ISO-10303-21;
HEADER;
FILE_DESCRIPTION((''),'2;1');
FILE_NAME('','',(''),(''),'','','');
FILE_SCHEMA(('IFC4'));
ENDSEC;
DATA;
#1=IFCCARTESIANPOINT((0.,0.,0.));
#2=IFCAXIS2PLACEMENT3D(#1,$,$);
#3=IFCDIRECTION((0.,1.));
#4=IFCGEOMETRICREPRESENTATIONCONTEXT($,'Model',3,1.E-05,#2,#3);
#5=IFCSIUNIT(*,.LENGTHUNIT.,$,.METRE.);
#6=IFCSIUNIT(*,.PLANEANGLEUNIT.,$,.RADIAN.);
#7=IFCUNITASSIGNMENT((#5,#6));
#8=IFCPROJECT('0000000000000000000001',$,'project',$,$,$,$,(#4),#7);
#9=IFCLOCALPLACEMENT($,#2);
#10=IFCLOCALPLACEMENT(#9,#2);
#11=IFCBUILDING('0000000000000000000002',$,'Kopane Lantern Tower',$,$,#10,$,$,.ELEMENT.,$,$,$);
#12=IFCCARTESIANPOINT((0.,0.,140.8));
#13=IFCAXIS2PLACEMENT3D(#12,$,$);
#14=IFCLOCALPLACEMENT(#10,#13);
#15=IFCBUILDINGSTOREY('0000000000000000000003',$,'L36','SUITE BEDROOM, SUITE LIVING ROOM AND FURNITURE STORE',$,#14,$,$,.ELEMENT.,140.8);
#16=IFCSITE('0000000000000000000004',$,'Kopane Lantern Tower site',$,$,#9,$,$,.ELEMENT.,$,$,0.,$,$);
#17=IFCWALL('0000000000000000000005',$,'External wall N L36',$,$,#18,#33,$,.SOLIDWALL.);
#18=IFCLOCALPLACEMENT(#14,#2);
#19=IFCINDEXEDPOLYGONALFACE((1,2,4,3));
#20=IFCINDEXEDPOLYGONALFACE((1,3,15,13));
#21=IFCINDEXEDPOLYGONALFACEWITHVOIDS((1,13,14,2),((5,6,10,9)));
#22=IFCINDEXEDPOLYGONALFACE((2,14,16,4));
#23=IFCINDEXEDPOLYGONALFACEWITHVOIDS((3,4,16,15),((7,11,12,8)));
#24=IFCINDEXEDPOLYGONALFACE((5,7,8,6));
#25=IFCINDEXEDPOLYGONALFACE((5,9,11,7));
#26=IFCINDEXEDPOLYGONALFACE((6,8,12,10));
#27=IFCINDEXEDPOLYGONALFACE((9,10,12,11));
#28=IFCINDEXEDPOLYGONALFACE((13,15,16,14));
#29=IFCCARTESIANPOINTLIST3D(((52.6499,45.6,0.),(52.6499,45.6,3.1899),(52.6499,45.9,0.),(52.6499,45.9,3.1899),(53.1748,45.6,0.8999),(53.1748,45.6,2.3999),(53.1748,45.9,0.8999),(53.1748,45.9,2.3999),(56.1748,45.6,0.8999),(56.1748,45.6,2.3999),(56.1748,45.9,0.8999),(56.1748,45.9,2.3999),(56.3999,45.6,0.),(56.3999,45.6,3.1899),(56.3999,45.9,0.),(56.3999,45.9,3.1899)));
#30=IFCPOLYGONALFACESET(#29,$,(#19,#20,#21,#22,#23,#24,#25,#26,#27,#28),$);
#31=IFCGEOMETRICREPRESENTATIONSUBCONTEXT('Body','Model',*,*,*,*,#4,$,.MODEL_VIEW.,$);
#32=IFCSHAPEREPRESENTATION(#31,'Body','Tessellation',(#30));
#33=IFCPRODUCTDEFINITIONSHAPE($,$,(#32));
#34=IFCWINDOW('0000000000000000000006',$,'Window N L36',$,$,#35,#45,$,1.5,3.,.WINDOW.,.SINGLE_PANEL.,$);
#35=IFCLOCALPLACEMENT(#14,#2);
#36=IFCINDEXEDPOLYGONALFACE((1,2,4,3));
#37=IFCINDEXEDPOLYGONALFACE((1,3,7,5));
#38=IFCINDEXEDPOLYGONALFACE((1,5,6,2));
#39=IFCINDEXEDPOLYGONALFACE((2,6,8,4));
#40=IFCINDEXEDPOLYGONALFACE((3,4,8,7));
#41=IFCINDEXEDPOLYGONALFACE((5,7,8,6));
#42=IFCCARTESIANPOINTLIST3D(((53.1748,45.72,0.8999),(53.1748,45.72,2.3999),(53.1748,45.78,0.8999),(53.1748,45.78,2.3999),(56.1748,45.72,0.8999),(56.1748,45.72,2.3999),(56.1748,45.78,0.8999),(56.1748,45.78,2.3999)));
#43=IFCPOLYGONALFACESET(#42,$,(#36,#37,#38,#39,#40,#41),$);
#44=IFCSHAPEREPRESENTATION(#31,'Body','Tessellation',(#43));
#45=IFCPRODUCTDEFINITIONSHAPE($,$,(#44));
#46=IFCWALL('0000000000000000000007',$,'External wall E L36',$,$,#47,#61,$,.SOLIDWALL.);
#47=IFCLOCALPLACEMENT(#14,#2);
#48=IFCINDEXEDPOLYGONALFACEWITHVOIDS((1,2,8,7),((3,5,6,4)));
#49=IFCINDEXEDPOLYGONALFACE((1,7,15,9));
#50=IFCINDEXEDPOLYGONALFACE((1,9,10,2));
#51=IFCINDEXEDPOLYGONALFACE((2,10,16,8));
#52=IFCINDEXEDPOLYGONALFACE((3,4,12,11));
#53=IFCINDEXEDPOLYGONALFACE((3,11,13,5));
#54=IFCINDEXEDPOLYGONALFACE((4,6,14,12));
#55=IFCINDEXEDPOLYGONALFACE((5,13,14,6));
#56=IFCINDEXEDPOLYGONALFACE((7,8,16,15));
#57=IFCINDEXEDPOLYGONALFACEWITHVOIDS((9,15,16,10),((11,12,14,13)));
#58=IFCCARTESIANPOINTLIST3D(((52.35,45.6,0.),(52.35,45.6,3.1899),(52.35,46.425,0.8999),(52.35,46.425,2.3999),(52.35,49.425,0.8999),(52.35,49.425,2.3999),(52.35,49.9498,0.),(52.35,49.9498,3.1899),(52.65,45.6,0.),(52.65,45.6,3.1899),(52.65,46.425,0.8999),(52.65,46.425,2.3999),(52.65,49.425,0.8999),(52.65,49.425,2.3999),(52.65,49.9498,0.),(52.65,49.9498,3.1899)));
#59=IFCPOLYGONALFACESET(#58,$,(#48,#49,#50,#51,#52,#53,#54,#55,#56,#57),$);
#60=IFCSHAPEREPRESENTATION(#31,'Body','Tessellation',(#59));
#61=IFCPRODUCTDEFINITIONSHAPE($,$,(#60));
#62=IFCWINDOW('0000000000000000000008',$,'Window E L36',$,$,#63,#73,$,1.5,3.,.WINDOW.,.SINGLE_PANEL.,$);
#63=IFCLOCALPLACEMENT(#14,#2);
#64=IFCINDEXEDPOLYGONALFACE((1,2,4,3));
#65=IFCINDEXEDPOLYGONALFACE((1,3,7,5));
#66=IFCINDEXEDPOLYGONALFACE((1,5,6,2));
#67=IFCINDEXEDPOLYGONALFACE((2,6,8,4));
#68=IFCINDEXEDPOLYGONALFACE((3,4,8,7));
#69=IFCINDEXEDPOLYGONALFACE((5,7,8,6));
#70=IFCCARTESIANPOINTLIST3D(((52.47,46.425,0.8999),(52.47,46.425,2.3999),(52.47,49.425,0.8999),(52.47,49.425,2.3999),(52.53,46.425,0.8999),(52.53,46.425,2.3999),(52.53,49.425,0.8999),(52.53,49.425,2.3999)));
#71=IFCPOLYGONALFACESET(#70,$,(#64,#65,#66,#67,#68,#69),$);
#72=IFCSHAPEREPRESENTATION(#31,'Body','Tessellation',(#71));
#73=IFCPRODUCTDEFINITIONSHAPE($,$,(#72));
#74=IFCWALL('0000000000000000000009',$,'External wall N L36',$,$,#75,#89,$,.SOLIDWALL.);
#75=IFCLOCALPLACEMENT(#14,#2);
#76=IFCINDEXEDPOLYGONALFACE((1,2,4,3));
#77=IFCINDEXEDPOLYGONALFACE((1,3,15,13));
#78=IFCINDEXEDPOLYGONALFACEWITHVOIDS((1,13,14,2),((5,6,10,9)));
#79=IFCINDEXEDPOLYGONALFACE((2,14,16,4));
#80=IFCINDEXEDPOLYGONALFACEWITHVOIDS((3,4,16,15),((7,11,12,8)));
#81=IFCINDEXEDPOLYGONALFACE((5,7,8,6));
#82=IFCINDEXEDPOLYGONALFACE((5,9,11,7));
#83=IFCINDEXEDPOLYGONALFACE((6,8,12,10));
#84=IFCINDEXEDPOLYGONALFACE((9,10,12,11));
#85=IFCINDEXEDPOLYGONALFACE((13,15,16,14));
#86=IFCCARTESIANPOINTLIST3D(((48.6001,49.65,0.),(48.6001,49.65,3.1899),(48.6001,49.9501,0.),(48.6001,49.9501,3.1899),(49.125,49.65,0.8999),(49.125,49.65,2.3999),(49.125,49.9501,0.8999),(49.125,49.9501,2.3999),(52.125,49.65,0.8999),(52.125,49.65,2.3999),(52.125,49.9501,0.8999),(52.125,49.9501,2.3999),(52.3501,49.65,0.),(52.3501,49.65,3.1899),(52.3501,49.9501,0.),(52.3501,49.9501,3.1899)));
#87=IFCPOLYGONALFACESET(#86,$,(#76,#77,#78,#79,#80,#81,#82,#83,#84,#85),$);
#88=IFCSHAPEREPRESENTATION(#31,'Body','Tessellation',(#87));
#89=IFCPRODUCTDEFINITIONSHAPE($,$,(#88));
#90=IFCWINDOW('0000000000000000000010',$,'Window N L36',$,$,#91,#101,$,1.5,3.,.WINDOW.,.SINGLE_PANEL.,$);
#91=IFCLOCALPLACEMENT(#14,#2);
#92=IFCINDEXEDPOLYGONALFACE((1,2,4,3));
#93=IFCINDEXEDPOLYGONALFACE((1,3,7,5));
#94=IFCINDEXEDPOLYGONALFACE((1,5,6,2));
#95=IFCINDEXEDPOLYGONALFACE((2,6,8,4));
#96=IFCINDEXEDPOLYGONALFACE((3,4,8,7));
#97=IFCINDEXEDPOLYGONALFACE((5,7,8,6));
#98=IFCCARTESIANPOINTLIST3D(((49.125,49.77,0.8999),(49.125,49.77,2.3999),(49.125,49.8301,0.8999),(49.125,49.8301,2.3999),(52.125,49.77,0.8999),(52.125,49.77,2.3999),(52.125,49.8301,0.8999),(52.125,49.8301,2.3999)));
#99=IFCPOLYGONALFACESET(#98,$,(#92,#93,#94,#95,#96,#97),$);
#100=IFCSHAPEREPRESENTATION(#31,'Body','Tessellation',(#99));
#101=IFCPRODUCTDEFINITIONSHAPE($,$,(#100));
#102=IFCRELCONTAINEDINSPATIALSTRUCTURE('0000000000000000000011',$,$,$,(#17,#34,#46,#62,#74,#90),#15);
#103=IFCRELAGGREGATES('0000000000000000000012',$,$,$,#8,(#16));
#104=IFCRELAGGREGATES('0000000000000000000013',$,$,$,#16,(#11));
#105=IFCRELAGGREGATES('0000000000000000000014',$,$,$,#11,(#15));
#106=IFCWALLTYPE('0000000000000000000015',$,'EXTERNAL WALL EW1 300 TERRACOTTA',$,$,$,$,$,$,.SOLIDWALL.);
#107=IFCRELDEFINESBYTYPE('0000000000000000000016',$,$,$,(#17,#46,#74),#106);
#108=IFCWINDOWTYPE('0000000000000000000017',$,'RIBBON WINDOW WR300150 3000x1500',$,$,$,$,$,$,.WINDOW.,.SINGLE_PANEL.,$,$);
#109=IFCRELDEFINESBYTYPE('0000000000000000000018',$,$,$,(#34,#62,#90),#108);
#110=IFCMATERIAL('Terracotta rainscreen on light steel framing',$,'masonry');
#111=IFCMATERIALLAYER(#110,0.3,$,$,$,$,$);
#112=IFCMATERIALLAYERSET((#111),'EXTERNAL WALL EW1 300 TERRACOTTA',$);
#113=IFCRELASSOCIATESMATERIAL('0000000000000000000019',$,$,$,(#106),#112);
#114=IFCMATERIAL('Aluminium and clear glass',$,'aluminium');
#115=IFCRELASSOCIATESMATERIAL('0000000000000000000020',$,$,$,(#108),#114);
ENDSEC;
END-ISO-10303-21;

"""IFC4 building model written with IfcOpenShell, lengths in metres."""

from ifc_helpers import new_model, si_unit, direction, frame, frame_2d, origin, place, context, subcontext, project, spatial, rectangle, extrude, material, layer, layer_set, type_object, element, fill, save


model = new_model("IFC4")

# Units and contexts
model_context = context("Model", 3, precision=1e-05, world=origin(), true_north=direction((0.0, 1.0)))
body_context = subcontext(model_context, "Body", "Model", "MODEL_VIEW")
ifc_project = project(units=[si_unit("LENGTHUNIT", "METRE"), si_unit("PLANEANGLEUNIT", "RADIAN")], contexts=[model_context])

# Site, building, storey
site_placement = place(None, origin())
site = spatial("IfcSite", under=ifc_project, at=site_placement, Name="Kopane Lantern Tower site", CompositionType="ELEMENT", RefElevation=0.0)
building_placement = place(site_placement, origin())
building = spatial("IfcBuilding", under=site, at=building_placement, Name="Kopane Lantern Tower", CompositionType="ELEMENT")
storey_placement = place(building_placement, frame((0.0, 0.0, 140.8)))
storey = spatial("IfcBuildingStorey", under=building, at=storey_placement, Name="L36", Description="SUITE BEDROOM, SUITE LIVING ROOM AND FURNITURE STORE", CompositionType="ELEMENT", Elevation=140.8)

# Walls, openings, windows
ifc_material_1 = material(Name="Terracotta rainscreen on light steel framing", Category="masonry")
ifc_layer_1 = layer(ifc_material_1, 0.3)
ifc_layer_set_1 = layer_set([ifc_layer_1], Name="EXTERNAL WALL EW1 300 TERRACOTTA")
wall_type_1 = type_object("IfcWallType", Name="EXTERNAL WALL EW1 300 TERRACOTTA", PredefinedType="SOLIDWALL", material=ifc_layer_set_1)
wall_1_placement = place(storey_placement, frame((56.3999, 45.75, 0.0), z_axis=(0.0, 0.0, 1.0), x_axis=(-1.0, 0.0, 0.0)))
wall_1 = element("IfcWall", 1, at=wall_1_placement, inside=storey, type_object=wall_type_1, Name="External wall N L36", PredefinedType="SOLIDWALL", context=body_context, shape_type="SweptSolid", body=[
    extrude(rectangle(XDim=3.75, YDim=0.3, at=frame_2d((1.875, 0.0))), origin(), (0.0, 0.0, 1.0), 3.1899),
])
opening_1_placement = place(wall_1_placement, frame((0.2251, 0.0, 0.8999)))
opening_1 = element("IfcOpeningElement", 2, at=opening_1_placement, cuts=wall_1, PredefinedType="OPENING", context=body_context, shape_type="SweptSolid", body=[
    extrude(rectangle(XDim=3.0, YDim=1.5, at=frame_2d((1.5, 0.75))), frame((0.0, 0.1599, 0.0), z_axis=(0.0, -1.0, 0.0), x_axis=(1.0, 0.0, 0.0)), (0.0, 0.0, 1.0), 0.3201),
])
ifc_material_2 = material(Name="Aluminium and clear glass", Category="aluminium")
window_type = type_object("IfcWindowType", Name="RIBBON WINDOW WR300150 3000x1500", PartitioningType="SINGLE_PANEL", PredefinedType="WINDOW", material=ifc_material_2)
window_1_placement = place(opening_1_placement, origin())
window_1 = element("IfcWindow", 3, at=window_1_placement, inside=storey, type_object=window_type, Name="Window N L36", OverallHeight=1.5, OverallWidth=3.0, PartitioningType="SINGLE_PANEL", PredefinedType="WINDOW", context=body_context, shape_type="SweptSolid", body=[
    extrude(rectangle(XDim=3.0, YDim=1.5, at=frame_2d((1.5, 0.75))), frame((0.0, 0.03, 0.0), z_axis=(0.0, -1.0, 0.0), x_axis=(1.0, 0.0, 0.0)), (0.0, 0.0, 1.0), 0.0601),
])
fill(opening_1, window_1)
wall_2_placement = place(storey_placement, frame((52.5, 45.6001, 0.0), z_axis=(0.0, 0.0, 1.0), x_axis=(0.0, 1.0, 0.0)))
wall_2 = element("IfcWall", 4, at=wall_2_placement, inside=storey, type_object=wall_type_1, Name="External wall E L36", PredefinedType="SOLIDWALL", context=body_context, shape_type="SweptSolid", body=[
    extrude(rectangle(XDim=4.3499, YDim=0.3, at=frame_2d((2.1748, 0.0))), origin(), (0.0, 0.0, 1.0), 3.1899),
])
opening_2_placement = place(wall_2_placement, frame((0.825, 0.0, 0.8999)))
opening_2 = element("IfcOpeningElement", 5, at=opening_2_placement, cuts=wall_2, PredefinedType="OPENING", context=body_context, shape_type="SweptSolid", body=[
    extrude(rectangle(XDim=3.0, YDim=1.5, at=frame_2d((1.5, 0.75))), frame((0.0, 0.1599, 0.0), z_axis=(0.0, -1.0, 0.0), x_axis=(1.0, 0.0, 0.0)), (0.0, 0.0, 1.0), 0.3201),
])
window_2_placement = place(opening_2_placement, origin())
window_2 = element("IfcWindow", 6, at=window_2_placement, inside=storey, type_object=window_type, Name="Window E L36", OverallHeight=1.5, OverallWidth=3.0, PartitioningType="SINGLE_PANEL", PredefinedType="WINDOW", context=body_context, shape_type="SweptSolid", body=[
    extrude(rectangle(XDim=3.0, YDim=1.5, at=frame_2d((1.5, 0.75))), frame((0.0, 0.03, 0.0), z_axis=(0.0, -1.0, 0.0), x_axis=(1.0, 0.0, 0.0)), (0.0, 0.0, 1.0), 0.0601),
])
fill(opening_2, window_2)
wall_3_placement = place(storey_placement, frame((52.3501, 49.8, 0.0), z_axis=(0.0, 0.0, 1.0), x_axis=(-1.0, 0.0, 0.0)))
wall_3 = element("IfcWall", 7, at=wall_3_placement, inside=storey, type_object=wall_type_1, Name="External wall N L36", PredefinedType="SOLIDWALL", context=body_context, shape_type="SweptSolid", body=[
    extrude(rectangle(XDim=3.75, YDim=0.3, at=frame_2d((1.875, 0.0))), origin(), (0.0, 0.0, 1.0), 3.1899),
])
opening_3_placement = place(wall_3_placement, frame((0.2251, 0.0, 0.8999)))
opening_3 = element("IfcOpeningElement", 8, at=opening_3_placement, cuts=wall_3, PredefinedType="OPENING", context=body_context, shape_type="SweptSolid", body=[
    extrude(rectangle(XDim=3.0, YDim=1.5, at=frame_2d((1.5, 0.75))), frame((0.0, 0.1599, 0.0), z_axis=(0.0, -1.0, 0.0), x_axis=(1.0, 0.0, 0.0)), (0.0, 0.0, 1.0), 0.3201),
])
window_3_placement = place(opening_3_placement, origin())
window_3 = element("IfcWindow", 9, at=window_3_placement, inside=storey, type_object=window_type, Name="Window N L36", OverallHeight=1.5, OverallWidth=3.0, PartitioningType="SINGLE_PANEL", PredefinedType="WINDOW", context=body_context, shape_type="SweptSolid", body=[
    extrude(rectangle(XDim=3.0, YDim=1.5, at=frame_2d((1.5, 0.75))), frame((0.0, 0.03, 0.0), z_axis=(0.0, -1.0, 0.0), x_axis=(1.0, 0.0, 0.0)), (0.0, 0.0, 1.0), 0.0601),
])
fill(opening_3, window_3)

save(model, "model.ifc")
